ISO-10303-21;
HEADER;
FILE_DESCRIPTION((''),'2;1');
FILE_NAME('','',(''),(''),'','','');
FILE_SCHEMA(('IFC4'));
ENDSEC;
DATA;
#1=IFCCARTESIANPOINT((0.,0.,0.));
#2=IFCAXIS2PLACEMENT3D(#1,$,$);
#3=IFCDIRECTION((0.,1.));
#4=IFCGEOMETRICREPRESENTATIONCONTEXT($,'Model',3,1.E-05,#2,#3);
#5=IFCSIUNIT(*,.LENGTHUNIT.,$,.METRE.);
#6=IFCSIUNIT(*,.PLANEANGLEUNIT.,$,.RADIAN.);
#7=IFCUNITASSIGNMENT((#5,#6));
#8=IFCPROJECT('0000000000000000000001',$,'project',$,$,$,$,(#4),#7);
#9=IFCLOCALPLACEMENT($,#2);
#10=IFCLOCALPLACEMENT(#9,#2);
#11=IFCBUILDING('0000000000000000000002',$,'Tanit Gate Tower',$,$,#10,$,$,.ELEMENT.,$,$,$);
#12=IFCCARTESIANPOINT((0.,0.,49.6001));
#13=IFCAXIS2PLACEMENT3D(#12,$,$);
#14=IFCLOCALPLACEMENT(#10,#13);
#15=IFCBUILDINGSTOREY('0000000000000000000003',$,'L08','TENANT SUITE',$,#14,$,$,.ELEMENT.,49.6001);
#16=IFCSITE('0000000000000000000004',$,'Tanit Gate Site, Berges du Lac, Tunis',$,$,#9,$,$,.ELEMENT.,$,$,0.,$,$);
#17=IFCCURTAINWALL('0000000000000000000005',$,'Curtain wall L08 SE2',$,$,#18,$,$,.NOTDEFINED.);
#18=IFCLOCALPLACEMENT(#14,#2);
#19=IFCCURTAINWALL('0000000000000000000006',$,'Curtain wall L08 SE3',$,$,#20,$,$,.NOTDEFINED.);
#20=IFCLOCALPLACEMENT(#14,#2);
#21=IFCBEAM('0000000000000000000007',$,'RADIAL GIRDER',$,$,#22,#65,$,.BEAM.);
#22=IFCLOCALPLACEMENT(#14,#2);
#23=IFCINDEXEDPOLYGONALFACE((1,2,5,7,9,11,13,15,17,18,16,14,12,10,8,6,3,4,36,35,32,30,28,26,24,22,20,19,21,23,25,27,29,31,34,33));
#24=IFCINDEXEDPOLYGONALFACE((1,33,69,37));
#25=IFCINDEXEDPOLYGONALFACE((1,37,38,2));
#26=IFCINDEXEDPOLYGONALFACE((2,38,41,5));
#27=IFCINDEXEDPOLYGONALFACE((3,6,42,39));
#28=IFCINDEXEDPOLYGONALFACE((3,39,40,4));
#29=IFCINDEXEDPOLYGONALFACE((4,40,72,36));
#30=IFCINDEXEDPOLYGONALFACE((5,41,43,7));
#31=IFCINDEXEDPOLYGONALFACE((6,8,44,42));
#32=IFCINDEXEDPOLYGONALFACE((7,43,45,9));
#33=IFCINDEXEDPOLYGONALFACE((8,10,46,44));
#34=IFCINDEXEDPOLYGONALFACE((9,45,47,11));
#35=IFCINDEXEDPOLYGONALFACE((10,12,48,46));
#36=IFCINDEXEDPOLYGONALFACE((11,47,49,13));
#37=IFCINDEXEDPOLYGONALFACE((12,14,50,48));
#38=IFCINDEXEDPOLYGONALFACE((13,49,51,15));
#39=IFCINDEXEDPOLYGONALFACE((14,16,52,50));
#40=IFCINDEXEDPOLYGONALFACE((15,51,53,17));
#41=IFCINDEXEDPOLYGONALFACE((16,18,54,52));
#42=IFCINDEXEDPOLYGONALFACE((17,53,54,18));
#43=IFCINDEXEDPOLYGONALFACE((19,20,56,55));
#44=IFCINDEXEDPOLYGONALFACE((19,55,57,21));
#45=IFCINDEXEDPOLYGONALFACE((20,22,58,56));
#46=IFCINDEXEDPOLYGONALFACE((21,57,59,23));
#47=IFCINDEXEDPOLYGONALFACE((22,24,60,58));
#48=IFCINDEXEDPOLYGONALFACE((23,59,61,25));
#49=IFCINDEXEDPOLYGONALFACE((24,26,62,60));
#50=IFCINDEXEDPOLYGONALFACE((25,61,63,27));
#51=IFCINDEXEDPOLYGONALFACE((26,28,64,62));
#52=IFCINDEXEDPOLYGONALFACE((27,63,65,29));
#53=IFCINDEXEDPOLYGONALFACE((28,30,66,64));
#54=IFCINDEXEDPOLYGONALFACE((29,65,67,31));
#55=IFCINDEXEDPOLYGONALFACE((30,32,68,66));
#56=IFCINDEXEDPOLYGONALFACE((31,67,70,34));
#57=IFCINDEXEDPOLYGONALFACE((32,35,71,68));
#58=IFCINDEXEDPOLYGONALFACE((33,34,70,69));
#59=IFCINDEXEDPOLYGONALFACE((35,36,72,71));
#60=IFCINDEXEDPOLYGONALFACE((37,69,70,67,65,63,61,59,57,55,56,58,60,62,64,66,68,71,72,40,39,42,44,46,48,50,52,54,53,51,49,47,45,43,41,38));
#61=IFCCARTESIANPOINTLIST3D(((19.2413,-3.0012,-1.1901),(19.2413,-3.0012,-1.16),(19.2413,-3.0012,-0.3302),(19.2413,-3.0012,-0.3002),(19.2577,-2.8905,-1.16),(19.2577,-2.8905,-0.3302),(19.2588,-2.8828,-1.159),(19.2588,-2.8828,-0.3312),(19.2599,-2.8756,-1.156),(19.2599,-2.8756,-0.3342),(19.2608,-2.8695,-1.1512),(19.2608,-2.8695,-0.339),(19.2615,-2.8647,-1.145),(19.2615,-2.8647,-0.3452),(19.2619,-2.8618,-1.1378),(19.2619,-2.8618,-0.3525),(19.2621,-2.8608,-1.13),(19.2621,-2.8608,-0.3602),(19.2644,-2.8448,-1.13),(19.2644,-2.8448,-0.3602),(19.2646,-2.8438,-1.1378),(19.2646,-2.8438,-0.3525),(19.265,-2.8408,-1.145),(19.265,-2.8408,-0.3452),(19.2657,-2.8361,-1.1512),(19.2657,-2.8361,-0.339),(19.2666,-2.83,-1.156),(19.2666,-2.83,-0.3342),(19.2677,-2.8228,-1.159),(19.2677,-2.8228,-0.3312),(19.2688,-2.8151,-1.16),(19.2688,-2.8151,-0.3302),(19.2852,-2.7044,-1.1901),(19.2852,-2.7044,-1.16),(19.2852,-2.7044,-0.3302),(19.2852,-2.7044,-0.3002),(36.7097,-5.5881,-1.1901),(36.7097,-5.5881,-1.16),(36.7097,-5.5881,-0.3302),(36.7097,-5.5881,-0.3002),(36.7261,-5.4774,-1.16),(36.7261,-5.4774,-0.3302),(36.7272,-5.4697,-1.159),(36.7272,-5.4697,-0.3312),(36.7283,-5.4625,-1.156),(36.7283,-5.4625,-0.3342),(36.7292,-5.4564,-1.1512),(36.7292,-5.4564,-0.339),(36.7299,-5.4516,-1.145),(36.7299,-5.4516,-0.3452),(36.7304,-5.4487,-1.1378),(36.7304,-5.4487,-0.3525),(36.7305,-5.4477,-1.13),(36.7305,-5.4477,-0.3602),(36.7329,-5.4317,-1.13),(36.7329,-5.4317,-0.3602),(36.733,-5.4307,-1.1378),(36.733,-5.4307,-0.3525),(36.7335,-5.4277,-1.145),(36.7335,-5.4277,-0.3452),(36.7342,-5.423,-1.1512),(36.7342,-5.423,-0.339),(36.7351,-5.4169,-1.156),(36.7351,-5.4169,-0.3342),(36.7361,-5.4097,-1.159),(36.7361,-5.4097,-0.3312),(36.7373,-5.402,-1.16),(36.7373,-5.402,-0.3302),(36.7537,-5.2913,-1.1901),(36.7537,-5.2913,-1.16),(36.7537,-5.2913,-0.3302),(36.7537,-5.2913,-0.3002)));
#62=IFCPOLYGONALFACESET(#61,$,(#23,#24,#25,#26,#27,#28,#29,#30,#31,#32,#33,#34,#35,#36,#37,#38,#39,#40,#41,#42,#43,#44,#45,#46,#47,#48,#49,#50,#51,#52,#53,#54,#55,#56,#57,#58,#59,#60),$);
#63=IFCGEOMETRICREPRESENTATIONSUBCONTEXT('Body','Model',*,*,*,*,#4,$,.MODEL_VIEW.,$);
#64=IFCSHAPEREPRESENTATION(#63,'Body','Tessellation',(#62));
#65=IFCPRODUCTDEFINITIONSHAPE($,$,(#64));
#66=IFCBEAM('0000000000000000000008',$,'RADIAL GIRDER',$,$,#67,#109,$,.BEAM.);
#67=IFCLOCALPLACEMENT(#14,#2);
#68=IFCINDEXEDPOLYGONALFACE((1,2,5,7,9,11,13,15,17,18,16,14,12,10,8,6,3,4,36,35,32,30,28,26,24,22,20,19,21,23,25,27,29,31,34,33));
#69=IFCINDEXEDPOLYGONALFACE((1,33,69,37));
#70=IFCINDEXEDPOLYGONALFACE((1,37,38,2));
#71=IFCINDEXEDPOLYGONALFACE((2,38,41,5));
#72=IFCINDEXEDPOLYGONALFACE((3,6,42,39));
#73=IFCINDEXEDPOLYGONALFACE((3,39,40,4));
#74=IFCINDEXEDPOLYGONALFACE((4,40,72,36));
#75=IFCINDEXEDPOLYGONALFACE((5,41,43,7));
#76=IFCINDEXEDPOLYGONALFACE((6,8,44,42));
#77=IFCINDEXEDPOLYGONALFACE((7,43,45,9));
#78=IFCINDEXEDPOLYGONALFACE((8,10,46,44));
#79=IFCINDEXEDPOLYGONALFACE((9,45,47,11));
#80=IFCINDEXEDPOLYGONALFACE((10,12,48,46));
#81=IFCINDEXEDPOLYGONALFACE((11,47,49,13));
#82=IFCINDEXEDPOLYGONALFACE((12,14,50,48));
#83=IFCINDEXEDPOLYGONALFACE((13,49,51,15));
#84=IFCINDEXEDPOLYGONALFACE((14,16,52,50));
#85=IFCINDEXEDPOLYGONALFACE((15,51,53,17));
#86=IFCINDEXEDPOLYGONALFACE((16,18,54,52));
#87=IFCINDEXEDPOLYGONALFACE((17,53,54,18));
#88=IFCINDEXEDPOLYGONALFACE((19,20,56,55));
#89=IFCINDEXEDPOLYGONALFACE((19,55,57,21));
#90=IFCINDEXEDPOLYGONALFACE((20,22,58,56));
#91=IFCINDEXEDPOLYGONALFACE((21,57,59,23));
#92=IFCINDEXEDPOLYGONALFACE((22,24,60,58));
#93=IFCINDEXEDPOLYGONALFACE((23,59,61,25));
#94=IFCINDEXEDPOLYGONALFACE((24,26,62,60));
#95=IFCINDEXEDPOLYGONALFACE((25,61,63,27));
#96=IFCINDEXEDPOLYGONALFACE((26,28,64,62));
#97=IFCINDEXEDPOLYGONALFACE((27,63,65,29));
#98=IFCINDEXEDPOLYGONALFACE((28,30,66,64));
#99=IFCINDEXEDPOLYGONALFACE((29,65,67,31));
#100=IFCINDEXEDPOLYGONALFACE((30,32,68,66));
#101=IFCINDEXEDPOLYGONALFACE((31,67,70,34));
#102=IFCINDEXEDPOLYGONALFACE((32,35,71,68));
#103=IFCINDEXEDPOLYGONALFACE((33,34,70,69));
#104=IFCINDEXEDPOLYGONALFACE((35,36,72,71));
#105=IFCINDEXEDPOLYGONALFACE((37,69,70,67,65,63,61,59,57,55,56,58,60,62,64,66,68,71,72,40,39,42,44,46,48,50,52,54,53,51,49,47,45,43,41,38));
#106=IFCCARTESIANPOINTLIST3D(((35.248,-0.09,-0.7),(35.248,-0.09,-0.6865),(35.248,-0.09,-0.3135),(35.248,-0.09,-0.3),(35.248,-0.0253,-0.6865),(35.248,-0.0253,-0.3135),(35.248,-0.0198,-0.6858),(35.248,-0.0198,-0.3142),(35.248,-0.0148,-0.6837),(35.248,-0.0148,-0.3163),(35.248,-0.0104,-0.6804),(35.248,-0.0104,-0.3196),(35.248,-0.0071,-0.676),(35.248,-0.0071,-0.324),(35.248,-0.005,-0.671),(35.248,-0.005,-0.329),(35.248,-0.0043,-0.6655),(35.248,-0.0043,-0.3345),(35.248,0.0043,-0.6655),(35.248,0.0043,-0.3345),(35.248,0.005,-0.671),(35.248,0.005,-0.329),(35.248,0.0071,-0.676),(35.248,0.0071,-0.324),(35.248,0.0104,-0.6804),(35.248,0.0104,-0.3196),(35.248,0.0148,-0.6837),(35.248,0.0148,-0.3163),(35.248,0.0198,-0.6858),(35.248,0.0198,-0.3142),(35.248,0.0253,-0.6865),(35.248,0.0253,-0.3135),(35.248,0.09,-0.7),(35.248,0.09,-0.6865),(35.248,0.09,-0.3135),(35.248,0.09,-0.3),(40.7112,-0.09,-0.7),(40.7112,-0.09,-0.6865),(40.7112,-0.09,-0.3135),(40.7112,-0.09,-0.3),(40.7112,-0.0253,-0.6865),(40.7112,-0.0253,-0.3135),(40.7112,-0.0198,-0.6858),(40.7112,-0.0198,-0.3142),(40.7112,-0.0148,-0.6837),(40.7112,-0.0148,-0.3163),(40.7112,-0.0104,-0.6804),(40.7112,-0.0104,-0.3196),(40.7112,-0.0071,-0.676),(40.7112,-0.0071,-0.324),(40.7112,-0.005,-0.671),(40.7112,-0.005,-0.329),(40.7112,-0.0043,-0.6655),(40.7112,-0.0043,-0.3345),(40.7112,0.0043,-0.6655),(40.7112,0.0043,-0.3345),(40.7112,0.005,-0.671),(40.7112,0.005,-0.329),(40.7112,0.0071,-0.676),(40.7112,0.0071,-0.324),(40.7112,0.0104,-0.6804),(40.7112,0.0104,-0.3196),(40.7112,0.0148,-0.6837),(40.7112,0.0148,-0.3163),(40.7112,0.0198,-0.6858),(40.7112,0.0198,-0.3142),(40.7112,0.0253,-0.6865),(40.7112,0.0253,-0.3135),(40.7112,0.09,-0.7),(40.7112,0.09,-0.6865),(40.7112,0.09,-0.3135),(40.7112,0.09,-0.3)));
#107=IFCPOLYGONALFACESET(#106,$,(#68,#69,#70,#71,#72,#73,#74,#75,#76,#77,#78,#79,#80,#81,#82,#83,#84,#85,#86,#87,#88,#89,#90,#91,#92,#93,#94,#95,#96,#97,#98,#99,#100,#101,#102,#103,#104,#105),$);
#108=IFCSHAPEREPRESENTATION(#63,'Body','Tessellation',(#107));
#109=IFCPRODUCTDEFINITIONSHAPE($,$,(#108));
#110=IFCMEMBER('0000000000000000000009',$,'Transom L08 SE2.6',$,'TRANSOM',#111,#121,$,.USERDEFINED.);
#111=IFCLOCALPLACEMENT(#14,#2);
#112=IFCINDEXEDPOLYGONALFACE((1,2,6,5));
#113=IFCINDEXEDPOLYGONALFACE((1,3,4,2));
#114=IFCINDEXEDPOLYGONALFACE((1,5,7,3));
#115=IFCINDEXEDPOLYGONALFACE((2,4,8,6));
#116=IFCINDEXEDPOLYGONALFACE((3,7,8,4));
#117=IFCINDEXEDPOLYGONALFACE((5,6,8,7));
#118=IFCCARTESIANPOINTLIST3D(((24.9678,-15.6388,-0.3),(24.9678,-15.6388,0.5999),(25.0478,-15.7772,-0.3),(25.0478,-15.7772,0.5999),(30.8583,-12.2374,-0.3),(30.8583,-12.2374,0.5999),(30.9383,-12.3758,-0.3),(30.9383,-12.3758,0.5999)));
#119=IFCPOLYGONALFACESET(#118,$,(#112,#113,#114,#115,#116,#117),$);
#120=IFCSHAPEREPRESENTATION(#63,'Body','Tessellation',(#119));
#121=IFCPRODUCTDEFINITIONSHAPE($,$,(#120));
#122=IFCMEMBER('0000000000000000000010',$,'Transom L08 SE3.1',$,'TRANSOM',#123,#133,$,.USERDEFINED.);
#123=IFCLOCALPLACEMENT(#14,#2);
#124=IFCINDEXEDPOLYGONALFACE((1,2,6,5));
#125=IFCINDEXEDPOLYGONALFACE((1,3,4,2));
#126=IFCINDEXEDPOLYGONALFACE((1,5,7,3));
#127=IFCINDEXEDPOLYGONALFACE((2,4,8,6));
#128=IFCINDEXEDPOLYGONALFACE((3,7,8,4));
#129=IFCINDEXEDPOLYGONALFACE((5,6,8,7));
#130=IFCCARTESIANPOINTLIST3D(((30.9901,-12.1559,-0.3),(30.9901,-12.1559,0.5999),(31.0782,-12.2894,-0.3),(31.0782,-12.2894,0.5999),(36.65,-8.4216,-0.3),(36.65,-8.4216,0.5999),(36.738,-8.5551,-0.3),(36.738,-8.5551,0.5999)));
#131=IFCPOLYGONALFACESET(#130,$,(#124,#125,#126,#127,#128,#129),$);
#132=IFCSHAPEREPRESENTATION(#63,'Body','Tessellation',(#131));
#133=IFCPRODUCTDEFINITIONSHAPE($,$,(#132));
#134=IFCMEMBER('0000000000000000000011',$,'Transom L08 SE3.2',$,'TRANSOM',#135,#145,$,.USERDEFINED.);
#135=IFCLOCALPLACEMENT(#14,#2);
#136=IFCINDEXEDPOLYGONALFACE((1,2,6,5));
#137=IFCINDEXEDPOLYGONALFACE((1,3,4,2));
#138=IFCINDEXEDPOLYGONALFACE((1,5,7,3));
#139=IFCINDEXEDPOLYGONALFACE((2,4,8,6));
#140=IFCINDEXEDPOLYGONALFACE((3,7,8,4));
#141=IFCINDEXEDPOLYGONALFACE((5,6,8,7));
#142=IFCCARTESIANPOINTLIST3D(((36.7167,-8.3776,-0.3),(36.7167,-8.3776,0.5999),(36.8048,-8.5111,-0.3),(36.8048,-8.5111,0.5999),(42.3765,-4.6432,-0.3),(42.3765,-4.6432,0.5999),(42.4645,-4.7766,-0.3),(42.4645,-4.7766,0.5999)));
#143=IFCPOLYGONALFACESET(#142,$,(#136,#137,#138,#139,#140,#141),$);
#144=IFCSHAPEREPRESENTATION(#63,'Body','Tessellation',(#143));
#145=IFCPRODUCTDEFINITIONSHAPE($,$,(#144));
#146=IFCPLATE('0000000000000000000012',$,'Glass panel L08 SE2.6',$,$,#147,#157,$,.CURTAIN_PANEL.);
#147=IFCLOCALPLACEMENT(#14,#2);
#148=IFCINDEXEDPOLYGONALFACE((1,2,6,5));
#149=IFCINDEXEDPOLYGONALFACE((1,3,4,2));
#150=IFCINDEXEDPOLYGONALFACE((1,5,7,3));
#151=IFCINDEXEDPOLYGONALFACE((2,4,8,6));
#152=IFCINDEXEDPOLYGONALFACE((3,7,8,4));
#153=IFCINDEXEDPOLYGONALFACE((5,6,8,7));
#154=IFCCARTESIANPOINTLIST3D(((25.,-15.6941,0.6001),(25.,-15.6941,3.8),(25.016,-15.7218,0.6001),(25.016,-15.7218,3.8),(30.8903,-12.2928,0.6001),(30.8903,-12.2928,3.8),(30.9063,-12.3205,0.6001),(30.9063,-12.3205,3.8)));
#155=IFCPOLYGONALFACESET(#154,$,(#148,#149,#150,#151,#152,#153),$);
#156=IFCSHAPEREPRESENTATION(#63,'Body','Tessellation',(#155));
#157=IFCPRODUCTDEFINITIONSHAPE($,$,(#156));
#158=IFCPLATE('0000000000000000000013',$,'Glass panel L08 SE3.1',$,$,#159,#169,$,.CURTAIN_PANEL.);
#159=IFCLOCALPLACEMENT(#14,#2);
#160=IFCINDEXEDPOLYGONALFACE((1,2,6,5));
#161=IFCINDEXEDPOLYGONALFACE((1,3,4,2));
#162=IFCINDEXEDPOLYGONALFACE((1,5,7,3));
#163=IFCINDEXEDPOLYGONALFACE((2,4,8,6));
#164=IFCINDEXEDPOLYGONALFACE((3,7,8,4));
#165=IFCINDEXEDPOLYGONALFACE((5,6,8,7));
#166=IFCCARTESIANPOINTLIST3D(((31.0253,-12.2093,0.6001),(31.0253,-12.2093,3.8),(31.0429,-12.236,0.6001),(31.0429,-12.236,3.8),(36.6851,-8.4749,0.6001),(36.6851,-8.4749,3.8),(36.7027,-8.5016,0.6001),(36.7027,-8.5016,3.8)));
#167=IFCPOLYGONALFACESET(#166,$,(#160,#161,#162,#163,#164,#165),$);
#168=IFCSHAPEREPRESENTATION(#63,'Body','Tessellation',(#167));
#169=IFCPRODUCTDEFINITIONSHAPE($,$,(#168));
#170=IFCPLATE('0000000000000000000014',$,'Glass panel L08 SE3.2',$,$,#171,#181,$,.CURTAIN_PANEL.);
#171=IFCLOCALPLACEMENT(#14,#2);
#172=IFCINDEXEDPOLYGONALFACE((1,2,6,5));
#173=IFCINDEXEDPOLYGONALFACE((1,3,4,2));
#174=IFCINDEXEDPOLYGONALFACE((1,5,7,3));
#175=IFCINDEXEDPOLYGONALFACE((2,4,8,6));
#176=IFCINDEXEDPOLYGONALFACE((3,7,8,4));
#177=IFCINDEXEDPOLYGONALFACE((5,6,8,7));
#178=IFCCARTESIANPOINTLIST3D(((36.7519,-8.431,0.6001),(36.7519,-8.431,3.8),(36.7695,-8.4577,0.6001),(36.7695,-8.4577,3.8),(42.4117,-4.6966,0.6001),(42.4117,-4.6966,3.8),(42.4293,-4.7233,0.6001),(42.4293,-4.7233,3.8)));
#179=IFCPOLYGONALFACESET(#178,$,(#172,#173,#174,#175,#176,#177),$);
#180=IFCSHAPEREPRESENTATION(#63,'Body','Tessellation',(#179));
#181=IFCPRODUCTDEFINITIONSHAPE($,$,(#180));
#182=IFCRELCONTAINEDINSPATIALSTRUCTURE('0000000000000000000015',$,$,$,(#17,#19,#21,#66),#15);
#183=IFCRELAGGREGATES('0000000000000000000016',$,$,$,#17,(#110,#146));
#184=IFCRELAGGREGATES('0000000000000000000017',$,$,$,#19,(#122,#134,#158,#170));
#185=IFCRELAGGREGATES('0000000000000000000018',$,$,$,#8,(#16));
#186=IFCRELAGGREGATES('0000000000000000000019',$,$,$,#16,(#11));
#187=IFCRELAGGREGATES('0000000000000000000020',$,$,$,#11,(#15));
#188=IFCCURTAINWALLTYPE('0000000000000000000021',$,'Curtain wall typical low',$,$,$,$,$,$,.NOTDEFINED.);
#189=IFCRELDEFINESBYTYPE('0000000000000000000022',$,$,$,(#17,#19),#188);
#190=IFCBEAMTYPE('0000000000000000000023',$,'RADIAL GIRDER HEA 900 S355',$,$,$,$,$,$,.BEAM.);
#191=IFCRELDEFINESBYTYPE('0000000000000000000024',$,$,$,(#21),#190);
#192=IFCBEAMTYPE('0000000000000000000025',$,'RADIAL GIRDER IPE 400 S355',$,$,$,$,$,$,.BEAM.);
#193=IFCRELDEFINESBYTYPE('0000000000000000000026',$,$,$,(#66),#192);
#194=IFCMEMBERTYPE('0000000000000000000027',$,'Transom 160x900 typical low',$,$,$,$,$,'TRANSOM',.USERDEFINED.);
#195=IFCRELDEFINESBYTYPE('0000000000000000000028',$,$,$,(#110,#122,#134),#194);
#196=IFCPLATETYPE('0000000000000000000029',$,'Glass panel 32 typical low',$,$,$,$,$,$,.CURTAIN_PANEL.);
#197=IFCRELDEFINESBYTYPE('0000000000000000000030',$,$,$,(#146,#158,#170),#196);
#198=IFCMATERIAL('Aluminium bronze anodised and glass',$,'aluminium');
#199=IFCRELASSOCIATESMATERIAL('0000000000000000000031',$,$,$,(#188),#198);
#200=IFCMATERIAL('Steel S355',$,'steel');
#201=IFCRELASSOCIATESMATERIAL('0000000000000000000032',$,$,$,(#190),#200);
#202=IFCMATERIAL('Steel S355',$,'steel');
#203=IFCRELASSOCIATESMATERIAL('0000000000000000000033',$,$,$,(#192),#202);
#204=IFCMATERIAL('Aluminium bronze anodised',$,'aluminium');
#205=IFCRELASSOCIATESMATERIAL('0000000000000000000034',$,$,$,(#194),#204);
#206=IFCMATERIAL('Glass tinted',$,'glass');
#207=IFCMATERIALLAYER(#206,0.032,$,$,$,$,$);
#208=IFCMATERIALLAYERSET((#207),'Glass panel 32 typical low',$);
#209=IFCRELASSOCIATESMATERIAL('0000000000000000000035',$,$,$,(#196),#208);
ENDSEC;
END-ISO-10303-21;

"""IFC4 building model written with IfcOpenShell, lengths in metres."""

from ifc_helpers import new_model, si_unit, direction, frame, origin, origin_2d, place, context, subcontext, project, spatial, rectangle, i_section, extrude, material, layer, layer_set, material_profile, profile_set, type_object, element, aggregate, save


model = new_model("IFC4")

# Units and contexts
model_context = context("Model", 3, precision=1e-05, world=origin(), true_north=direction((0.0, 1.0)))
body_context = subcontext(model_context, "Body", "Model", "MODEL_VIEW")
ifc_project = project(units=[si_unit("LENGTHUNIT", "METRE"), si_unit("PLANEANGLEUNIT", "RADIAN")], contexts=[model_context])

# Site, building, storey
site_placement = place(None, origin())
site = spatial("IfcSite", under=ifc_project, at=site_placement, Name="Tanit Gate Site, Berges du Lac, Tunis", CompositionType="ELEMENT", RefElevation=0.0)
building_placement = place(site_placement, origin())
building = spatial("IfcBuilding", under=site, at=building_placement, Name="Tanit Gate Tower", CompositionType="ELEMENT")
storey_placement = place(building_placement, frame((0.0, 0.0, 49.6001)))
storey = spatial("IfcBuildingStorey", under=building, at=storey_placement, Name="L08", Description="TENANT SUITE", CompositionType="ELEMENT", Elevation=49.6001)

# Curtain wall
ifc_material_1 = material(Name="Aluminium bronze anodised and glass", Category="aluminium")
curtain_wall_type = type_object("IfcCurtainWallType", Name="Curtain wall typical low", PredefinedType="NOTDEFINED", material=ifc_material_1)
curtain_wall_1_placement = place(storey_placement, origin())
curtain_wall_1 = element("IfcCurtainWall", 1, at=curtain_wall_1_placement, inside=storey, type_object=curtain_wall_type, Name="Curtain wall L08 SE2", PredefinedType="NOTDEFINED")

# Curtain wall
curtain_wall_2_placement = place(storey_placement, origin())
curtain_wall_2 = element("IfcCurtainWall", 2, at=curtain_wall_2_placement, inside=storey, type_object=curtain_wall_type, Name="Curtain wall L08 SE3", PredefinedType="NOTDEFINED")

# Beams
ifc_material_2 = material(Name="Steel S355", Category="steel")
ifc_material_profile_1 = material_profile(ifc_material_2, i_section(OverallWidth=0.3, OverallDepth=0.8899, WebThickness=0.0161, FlangeThickness=0.03, FilletRadius=0.03, at=origin_2d()), Name="HEA 900")
ifc_profile_set_1 = profile_set([ifc_material_profile_1], Name="Steel S355")
beam_type_1 = type_object("IfcBeamType", Name="RADIAL GIRDER HEA 900 S355", PredefinedType="BEAM", material=ifc_profile_set_1)
beam_1_placement = place(storey_placement, frame((36.7317, -5.4397, -0.7451), z_axis=(-0.989212, 0.146493, 0.0), x_axis=(-0.146493, -0.989212, 0.0)))
element("IfcBeam", 3, at=beam_1_placement, inside=storey, type_object=beam_type_1, Name="RADIAL GIRDER", PredefinedType="BEAM", context=body_context, shape_type="SweptSolid", body=[
    extrude(i_section(OverallWidth=0.3, OverallDepth=0.8899, WebThickness=0.0161, FlangeThickness=0.03, FilletRadius=0.03, at=origin_2d()), origin(), (0.0, 0.0, 1.0), 17.6589),
])
ifc_material_3 = material(Name="Steel S355", Category="steel")
ifc_material_profile_2 = material_profile(ifc_material_3, i_section(OverallWidth=0.1799, OverallDepth=0.3999, WebThickness=0.0085, FlangeThickness=0.0134, FilletRadius=0.021, at=origin_2d()), Name="IPE 400")
ifc_profile_set_2 = profile_set([ifc_material_profile_2], Name="Steel S355")
beam_type_2 = type_object("IfcBeamType", Name="RADIAL GIRDER IPE 400 S355", PredefinedType="BEAM", material=ifc_profile_set_2)
beam_2_placement = place(storey_placement, frame((40.7112, 0.0, -0.5), z_axis=(-1.0, 0.0, 0.0), x_axis=(0.0, -1.0, 0.0)))
element("IfcBeam", 4, at=beam_2_placement, inside=storey, type_object=beam_type_2, Name="RADIAL GIRDER", PredefinedType="BEAM", context=body_context, shape_type="SweptSolid", body=[
    extrude(i_section(OverallWidth=0.1799, OverallDepth=0.3999, WebThickness=0.0085, FlangeThickness=0.0134, FilletRadius=0.021, at=origin_2d()), origin(), (0.0, 0.0, 1.0), 5.4631),
])

# Members
ifc_material_4 = material(Name="Aluminium bronze anodised", Category="aluminium")
ifc_material_profile_3 = material_profile(ifc_material_4, rectangle(XDim=0.1599, YDim=0.8999, at=origin_2d()), Name="160x900 bronze transom")
ifc_profile_set_3 = profile_set([ifc_material_profile_3], Name="Aluminium bronze anodised")
member_type_1 = type_object("IfcMemberType", Name="Transom 160x900 typical low", ElementType="TRANSOM", PredefinedType="USERDEFINED", material=ifc_profile_set_3)
member_1_placement = place(storey_placement, frame((25.0078, -15.708, 0.1499), z_axis=(0.86599, 0.500061, 0.0), x_axis=(-0.500061, 0.86599, 0.0)))
member_1 = element("IfcMember", 5, at=member_1_placement, type_object=member_type_1, Name="Transom L08 SE2.6", ObjectType="TRANSOM", PredefinedType="USERDEFINED", context=body_context, shape_type="SweptSolid", body=[
    extrude(rectangle(XDim=0.1599, YDim=0.8999, at=origin_2d()), origin(), (0.0, 0.0, 1.0), 6.802),
])
member_2_placement = place(storey_placement, frame((31.0342, -12.2227, 0.1499), z_axis=(0.834689, 0.550722, 0.0), x_axis=(-0.550722, 0.834689, 0.0)))
member_2 = element("IfcMember", 6, at=member_2_placement, type_object=member_type_1, Name="Transom L08 SE3.1", ObjectType="TRANSOM", PredefinedType="USERDEFINED", context=body_context, shape_type="SweptSolid", body=[
    extrude(rectangle(XDim=0.1599, YDim=0.8999, at=origin_2d()), origin(), (0.0, 0.0, 1.0), 6.7808),
])
member_3_placement = place(storey_placement, frame((36.7607, -8.4443, 0.1499), z_axis=(0.834678, 0.550739, 0.0), x_axis=(-0.550739, 0.834678, 0.0)))
member_3 = element("IfcMember", 7, at=member_3_placement, type_object=member_type_1, Name="Transom L08 SE3.2", ObjectType="TRANSOM", PredefinedType="USERDEFINED", context=body_context, shape_type="SweptSolid", body=[
    extrude(rectangle(XDim=0.1599, YDim=0.8999, at=origin_2d()), origin(), (0.0, 0.0, 1.0), 6.7808),
])

# Plates
ifc_material_5 = material(Name="Glass tinted", Category="glass")
ifc_layer_1 = layer(ifc_material_5, 0.032)
ifc_layer_set_1 = layer_set([ifc_layer_1], Name="Glass panel 32 typical low")
plate_type = type_object("IfcPlateType", Name="Glass panel 32 typical low", PredefinedType="CURTAIN_PANEL", material=ifc_layer_set_1)
plate_1_placement = place(storey_placement, frame((27.9531, -14.0073, 0.6001), z_axis=(0.0, 0.0, 1.0), x_axis=(0.865991, 0.50006, 0.0)))
plate_1 = element("IfcPlate", 8, at=plate_1_placement, type_object=plate_type, Name="Glass panel L08 SE2.6", PredefinedType="CURTAIN_PANEL", context=body_context, shape_type="SweptSolid", body=[
    extrude(rectangle(XDim=6.8018, YDim=0.032, at=origin_2d()), origin(), (0.0, 0.0, 1.0), 3.2),
])
aggregate(curtain_wall_1, [member_1, plate_1])
plate_2_placement = place(storey_placement, frame((33.864, -10.3555, 0.6001), z_axis=(0.0, 0.0, 1.0), x_axis=(0.834683, 0.55073, 0.0)))
plate_2 = element("IfcPlate", 9, at=plate_2_placement, type_object=plate_type, Name="Glass panel L08 SE3.1", PredefinedType="CURTAIN_PANEL", context=body_context, shape_type="SweptSolid", body=[
    extrude(rectangle(XDim=6.7808, YDim=0.032, at=origin_2d()), origin(), (0.0, 0.0, 1.0), 3.2),
])
plate_3_placement = place(storey_placement, frame((39.5906, -6.5771, 0.6001), z_axis=(0.0, 0.0, 1.0), x_axis=(0.834683, 0.55073, 0.0)))
plate_3 = element("IfcPlate", 10, at=plate_3_placement, type_object=plate_type, Name="Glass panel L08 SE3.2", PredefinedType="CURTAIN_PANEL", context=body_context, shape_type="SweptSolid", body=[
    extrude(rectangle(XDim=6.7808, YDim=0.032, at=origin_2d()), origin(), (0.0, 0.0, 1.0), 3.2),
])
aggregate(curtain_wall_2, [member_2, member_3, plate_2, plate_3])

save(model, "model.ifc")
